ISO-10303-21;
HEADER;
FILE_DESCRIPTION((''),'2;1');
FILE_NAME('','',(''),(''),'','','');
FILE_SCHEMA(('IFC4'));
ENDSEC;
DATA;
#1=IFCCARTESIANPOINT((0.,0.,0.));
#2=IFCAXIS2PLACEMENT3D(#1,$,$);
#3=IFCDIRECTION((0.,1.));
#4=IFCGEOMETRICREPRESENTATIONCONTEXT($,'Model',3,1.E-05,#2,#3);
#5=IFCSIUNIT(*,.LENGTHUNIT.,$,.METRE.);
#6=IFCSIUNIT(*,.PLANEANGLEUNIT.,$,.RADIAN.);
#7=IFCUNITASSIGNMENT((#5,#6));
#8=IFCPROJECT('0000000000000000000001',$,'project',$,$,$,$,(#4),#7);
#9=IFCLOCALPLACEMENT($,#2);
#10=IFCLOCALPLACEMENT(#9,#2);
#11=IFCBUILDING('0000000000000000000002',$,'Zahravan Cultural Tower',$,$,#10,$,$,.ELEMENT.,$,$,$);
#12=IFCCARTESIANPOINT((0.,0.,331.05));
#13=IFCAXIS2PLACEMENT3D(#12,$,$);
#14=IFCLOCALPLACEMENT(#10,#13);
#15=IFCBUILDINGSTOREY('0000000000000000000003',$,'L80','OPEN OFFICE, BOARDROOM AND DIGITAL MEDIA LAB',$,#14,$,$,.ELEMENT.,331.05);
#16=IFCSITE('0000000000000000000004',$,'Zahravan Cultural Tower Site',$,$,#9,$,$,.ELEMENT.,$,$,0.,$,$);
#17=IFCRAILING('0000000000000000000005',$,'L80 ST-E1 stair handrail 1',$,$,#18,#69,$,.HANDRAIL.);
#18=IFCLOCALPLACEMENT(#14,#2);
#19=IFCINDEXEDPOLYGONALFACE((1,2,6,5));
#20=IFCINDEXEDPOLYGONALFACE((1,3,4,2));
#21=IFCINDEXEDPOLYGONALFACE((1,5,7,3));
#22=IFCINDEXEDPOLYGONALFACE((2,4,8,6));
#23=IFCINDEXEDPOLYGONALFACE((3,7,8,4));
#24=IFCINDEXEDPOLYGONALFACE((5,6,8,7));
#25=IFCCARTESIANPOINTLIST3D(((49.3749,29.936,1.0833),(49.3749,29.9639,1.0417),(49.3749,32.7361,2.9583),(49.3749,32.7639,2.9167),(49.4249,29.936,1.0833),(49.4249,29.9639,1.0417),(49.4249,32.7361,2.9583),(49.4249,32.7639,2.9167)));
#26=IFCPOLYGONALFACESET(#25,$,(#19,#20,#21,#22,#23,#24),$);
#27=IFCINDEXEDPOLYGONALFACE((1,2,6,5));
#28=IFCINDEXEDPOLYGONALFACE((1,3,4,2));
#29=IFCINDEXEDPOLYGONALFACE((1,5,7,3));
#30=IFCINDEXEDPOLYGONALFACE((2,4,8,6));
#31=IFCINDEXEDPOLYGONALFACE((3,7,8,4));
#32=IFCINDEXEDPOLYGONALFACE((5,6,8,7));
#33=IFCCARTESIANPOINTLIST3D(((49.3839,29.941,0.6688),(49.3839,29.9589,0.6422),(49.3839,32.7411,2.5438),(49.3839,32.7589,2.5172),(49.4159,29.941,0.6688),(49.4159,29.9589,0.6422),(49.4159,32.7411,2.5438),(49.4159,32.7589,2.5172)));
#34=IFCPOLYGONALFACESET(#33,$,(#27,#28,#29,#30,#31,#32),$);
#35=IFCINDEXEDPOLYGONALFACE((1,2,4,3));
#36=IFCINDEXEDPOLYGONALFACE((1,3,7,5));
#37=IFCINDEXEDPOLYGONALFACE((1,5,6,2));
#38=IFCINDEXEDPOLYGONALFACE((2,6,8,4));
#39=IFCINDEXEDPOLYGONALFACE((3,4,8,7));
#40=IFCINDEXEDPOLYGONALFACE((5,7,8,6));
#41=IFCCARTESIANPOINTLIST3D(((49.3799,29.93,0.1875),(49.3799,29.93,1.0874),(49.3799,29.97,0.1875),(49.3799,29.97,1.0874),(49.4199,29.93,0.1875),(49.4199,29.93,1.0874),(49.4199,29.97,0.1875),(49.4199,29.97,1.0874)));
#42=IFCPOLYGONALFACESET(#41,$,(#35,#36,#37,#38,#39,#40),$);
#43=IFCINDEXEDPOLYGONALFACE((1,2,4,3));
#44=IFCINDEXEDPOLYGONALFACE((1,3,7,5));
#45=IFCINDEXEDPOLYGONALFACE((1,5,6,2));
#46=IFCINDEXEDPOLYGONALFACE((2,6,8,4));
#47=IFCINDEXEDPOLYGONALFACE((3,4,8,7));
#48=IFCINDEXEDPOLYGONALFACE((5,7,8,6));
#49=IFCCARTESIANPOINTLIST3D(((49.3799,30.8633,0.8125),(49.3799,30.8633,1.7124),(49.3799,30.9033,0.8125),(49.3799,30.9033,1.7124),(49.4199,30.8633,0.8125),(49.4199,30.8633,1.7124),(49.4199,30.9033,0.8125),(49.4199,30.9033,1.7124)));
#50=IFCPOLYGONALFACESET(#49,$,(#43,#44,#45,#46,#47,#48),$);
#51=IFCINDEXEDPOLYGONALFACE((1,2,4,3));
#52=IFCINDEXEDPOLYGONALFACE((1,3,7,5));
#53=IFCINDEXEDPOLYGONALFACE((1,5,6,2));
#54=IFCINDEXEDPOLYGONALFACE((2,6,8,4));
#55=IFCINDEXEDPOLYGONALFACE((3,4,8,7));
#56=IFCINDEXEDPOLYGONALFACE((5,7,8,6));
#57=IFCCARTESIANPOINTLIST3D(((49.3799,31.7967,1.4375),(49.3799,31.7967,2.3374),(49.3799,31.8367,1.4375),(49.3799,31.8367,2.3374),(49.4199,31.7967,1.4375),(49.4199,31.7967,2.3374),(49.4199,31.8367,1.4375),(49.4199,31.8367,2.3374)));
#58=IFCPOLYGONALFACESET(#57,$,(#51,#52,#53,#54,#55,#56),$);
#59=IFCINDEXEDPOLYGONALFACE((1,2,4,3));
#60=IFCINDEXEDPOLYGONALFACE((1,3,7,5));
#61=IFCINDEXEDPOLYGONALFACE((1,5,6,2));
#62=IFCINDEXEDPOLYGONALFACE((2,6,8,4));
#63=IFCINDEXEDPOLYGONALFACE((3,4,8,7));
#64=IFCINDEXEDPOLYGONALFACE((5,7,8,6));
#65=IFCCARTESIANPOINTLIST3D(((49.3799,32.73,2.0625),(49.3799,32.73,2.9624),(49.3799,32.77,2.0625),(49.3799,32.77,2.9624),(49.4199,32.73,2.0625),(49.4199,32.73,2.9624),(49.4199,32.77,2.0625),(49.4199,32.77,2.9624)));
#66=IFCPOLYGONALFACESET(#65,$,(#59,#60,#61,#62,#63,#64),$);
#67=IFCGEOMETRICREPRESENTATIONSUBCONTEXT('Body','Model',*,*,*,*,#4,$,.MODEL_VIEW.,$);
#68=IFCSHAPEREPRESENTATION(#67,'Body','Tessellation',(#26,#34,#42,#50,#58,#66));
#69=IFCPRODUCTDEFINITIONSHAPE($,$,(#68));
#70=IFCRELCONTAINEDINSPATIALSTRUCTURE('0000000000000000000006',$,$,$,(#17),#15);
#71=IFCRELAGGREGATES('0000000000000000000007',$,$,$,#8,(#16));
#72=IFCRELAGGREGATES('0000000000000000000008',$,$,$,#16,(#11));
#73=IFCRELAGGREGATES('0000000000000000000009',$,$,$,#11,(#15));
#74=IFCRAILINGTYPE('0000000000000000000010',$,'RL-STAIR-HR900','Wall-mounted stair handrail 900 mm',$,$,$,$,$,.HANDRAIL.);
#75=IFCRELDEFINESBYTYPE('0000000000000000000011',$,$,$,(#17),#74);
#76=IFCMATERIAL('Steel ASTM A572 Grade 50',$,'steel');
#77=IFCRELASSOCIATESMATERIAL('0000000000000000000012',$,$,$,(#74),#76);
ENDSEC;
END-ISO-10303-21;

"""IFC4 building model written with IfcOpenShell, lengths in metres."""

from ifc_helpers import new_model, si_unit, direction, frame, origin, origin_2d, place, context, subcontext, project, spatial, rectangle, extrude, material, type_object, element, save


model = new_model("IFC4")

# Units and contexts
model_context = context("Model", 3, precision=1e-05, world=origin(), true_north=direction((0.0, 1.0)))
body_context = subcontext(model_context, "Body", "Model", "MODEL_VIEW")
ifc_project = project(units=[si_unit("LENGTHUNIT", "METRE"), si_unit("PLANEANGLEUNIT", "RADIAN")], contexts=[model_context])

# Site, building, storey
site_placement = place(None, origin())
site = spatial("IfcSite", under=ifc_project, at=site_placement, Name="Zahravan Cultural Tower Site", CompositionType="ELEMENT", RefElevation=0.0)
building_placement = place(site_placement, origin())
building = spatial("IfcBuilding", under=site, at=building_placement, Name="Zahravan Cultural Tower", CompositionType="ELEMENT")
storey_placement = place(building_placement, frame((0.0, 0.0, 331.05)))
storey = spatial("IfcBuildingStorey", under=building, at=storey_placement, Name="L80", Description="OPEN OFFICE, BOARDROOM AND DIGITAL MEDIA LAB", CompositionType="ELEMENT", Elevation=331.05)

# Railing
ifc_material_1 = material(Name="Steel ASTM A572 Grade 50", Category="steel")
railing_type_1 = type_object("IfcRailingType", Name="RL-STAIR-HR900", Description="Wall-mounted stair handrail 900 mm", PredefinedType="HANDRAIL", material=ifc_material_1)
railing_1_placement = place(storey_placement, frame((49.3999, 29.95, 0.1875)))
element("IfcRailing", 1, at=railing_1_placement, inside=storey, type_object=railing_type_1, Name="L80 ST-E1 stair handrail 1", PredefinedType="HANDRAIL", context=body_context, shape_type="SweptSolid", body=[
    extrude(rectangle(XDim=0.05, YDim=0.05, at=origin_2d()), frame((0.0, 0.0, 0.875), z_axis=(0.0, 0.830912, 0.556404), x_axis=(-1.0, 0.0, 0.0)), (0.0, 0.0, 1.0), 3.3699),
    extrude(rectangle(XDim=0.032, YDim=0.032, at=origin_2d()), frame((0.0, 0.0, 0.468), z_axis=(0.0, 0.830912, 0.556404), x_axis=(-1.0, 0.0, 0.0)), (0.0, 0.0, 1.0), 3.3699),
    extrude(rectangle(XDim=0.04, YDim=0.04, at=origin_2d()), origin(), (0.0, 0.0, 1.0), 0.8999),
    extrude(rectangle(XDim=0.04, YDim=0.04, at=origin_2d()), frame((0.0, 0.9333, 0.625)), (0.0, 0.0, 1.0), 0.8999),
    extrude(rectangle(XDim=0.04, YDim=0.04, at=origin_2d()), frame((0.0, 1.8667, 1.25)), (0.0, 0.0, 1.0), 0.8999),
    extrude(rectangle(XDim=0.04, YDim=0.04, at=origin_2d()), frame((0.0, 2.8, 1.875)), (0.0, 0.0, 1.0), 0.8999),
])

save(model, "model.ifc")
